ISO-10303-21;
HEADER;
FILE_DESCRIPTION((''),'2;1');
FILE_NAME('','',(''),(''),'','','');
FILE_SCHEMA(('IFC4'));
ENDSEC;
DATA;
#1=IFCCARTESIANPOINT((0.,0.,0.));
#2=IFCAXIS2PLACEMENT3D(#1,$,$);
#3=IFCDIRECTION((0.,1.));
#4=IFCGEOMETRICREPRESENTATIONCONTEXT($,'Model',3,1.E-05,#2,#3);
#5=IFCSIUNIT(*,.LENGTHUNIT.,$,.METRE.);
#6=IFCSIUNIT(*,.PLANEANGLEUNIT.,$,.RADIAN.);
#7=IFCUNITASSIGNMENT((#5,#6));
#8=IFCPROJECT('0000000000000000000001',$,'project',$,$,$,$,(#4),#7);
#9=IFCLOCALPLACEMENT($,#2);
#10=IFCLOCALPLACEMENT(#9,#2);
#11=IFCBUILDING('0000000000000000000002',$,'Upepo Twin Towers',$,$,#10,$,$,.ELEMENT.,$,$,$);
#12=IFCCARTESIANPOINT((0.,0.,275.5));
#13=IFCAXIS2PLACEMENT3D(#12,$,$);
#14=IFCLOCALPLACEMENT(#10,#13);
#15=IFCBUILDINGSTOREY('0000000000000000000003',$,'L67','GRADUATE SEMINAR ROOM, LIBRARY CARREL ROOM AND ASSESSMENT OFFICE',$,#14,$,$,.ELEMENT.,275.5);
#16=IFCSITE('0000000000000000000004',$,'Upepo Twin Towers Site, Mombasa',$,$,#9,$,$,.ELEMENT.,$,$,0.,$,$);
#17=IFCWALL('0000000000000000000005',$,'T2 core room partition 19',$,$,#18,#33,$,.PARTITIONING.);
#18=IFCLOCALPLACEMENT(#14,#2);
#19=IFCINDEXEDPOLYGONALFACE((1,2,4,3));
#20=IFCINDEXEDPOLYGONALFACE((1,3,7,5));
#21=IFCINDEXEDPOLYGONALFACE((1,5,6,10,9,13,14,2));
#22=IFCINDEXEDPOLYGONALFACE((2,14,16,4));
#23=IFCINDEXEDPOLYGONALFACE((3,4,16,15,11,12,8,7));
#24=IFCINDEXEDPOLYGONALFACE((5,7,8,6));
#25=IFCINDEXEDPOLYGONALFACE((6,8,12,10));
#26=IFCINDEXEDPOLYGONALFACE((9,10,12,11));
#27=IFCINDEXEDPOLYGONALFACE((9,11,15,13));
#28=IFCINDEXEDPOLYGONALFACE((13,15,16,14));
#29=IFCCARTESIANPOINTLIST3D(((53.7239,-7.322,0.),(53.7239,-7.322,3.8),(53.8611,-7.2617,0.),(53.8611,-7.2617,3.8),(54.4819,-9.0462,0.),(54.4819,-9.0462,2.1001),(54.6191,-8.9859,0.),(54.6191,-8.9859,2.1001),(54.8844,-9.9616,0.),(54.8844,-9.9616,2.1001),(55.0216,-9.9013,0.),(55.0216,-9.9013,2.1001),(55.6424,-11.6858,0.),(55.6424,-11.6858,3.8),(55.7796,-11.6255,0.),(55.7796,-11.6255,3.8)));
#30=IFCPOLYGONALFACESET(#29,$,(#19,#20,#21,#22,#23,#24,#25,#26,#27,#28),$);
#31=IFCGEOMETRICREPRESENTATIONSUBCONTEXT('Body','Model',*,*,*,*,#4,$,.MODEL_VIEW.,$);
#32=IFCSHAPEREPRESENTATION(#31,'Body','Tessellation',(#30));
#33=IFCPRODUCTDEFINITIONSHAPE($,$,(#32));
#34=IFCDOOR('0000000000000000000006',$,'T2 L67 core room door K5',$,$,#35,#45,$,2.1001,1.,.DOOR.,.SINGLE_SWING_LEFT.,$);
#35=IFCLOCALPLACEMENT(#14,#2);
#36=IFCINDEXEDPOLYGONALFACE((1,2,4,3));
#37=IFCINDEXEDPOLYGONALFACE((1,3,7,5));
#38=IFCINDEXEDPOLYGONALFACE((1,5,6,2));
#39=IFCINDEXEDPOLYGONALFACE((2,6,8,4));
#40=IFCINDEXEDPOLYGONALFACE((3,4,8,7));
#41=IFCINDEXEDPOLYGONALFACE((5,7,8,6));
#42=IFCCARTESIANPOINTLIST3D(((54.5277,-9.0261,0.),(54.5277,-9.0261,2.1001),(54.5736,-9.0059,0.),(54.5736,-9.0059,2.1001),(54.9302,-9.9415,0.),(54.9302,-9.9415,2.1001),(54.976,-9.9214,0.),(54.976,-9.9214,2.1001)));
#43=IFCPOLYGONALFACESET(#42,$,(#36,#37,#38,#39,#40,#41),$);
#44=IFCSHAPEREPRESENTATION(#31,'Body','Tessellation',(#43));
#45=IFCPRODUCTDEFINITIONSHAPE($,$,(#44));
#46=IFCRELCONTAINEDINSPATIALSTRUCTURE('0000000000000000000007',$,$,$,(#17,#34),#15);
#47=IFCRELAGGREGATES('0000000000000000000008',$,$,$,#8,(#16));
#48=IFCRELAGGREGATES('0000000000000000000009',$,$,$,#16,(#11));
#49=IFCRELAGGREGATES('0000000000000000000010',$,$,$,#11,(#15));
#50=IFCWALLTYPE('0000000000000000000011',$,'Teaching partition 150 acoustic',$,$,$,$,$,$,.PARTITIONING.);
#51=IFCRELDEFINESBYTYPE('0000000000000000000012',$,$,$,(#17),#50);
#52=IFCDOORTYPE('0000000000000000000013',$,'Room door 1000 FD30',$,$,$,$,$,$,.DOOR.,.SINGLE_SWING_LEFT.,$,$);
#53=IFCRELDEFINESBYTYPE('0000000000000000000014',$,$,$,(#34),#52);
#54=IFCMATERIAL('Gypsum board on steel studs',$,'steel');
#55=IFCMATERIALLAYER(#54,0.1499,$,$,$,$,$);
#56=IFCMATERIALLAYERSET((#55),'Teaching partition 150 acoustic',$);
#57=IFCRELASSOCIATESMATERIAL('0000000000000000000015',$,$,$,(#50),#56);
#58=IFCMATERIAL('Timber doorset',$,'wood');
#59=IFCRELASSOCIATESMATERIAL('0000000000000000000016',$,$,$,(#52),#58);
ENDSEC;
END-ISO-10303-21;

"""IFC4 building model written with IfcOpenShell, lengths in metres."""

from ifc_helpers import new_model, si_unit, direction, frame, frame_2d, origin, place, context, subcontext, project, spatial, rectangle, extrude, material, layer, layer_set, type_object, element, fill, save


model = new_model("IFC4")

# Units and contexts
model_context = context("Model", 3, precision=1e-05, world=origin(), true_north=direction((0.0, 1.0)))
body_context = subcontext(model_context, "Body", "Model", "MODEL_VIEW")
ifc_project = project(units=[si_unit("LENGTHUNIT", "METRE"), si_unit("PLANEANGLEUNIT", "RADIAN")], contexts=[model_context])

# Site, building, storey
site_placement = place(None, origin())
site = spatial("IfcSite", under=ifc_project, at=site_placement, Name="Upepo Twin Towers Site, Mombasa", CompositionType="ELEMENT", RefElevation=0.0)
building_placement = place(site_placement, origin())
building = spatial("IfcBuilding", under=site, at=building_placement, Name="Upepo Twin Towers", CompositionType="ELEMENT")
storey_placement = place(building_placement, frame((0.0, 0.0, 275.5)))
storey = spatial("IfcBuildingStorey", under=building, at=storey_placement, Name="L67", Description="GRADUATE SEMINAR ROOM, LIBRARY CARREL ROOM AND ASSESSMENT OFFICE", CompositionType="ELEMENT", Elevation=275.5)

# Shared definitions
ifc_material_1 = material(Name="Gypsum board on steel studs", Category="steel")
ifc_layer_1 = layer(ifc_material_1, 0.1499)
ifc_layer_set_1 = layer_set([ifc_layer_1], Name="Teaching partition 150 acoustic")
wall_type_1 = type_object("IfcWallType", Name="Teaching partition 150 acoustic", PredefinedType="PARTITIONING", material=ifc_layer_set_1)

# Wall, opening, door
wall_1_placement = place(storey_placement, frame((55.7109, -11.6555, 0.0), z_axis=(0.0, 0.0, 1.0), x_axis=(-0.402457, 0.915439, 0.0)))
wall_1 = element("IfcWall", 1, at=wall_1_placement, inside=storey, type_object=wall_type_1, Name="T2 core room partition 19", PredefinedType="PARTITIONING", context=body_context, shape_type="SweptSolid", body=[
    extrude(rectangle(XDim=4.7668, YDim=0.1499, at=frame_2d((2.3833, 0.0))), origin(), (0.0, 0.0, 1.0), 3.8),
])
opening_1_placement = place(wall_1_placement, frame((1.8833, 0.0, 0.0)))
opening_1 = element("IfcOpeningElement", 2, at=opening_1_placement, cuts=wall_1, PredefinedType="OPENING", context=body_context, shape_type="SweptSolid", body=[
    extrude(rectangle(XDim=1.0, YDim=2.1001, at=frame_2d((0.5, 1.05))), frame((0.0, 0.085, 0.0), z_axis=(0.0, -1.0, 0.0), x_axis=(1.0, 0.0, 0.0)), (0.0, 0.0, 1.0), 0.1699),
])
ifc_material_2 = material(Name="Timber doorset", Category="wood")
door_type_1 = type_object("IfcDoorType", Name="Room door 1000 FD30", OperationType="SINGLE_SWING_LEFT", PredefinedType="DOOR", material=ifc_material_2)
door_1_placement = place(opening_1_placement, origin())
door_1 = element("IfcDoor", 3, at=door_1_placement, inside=storey, type_object=door_type_1, Name="T2 L67 core room door K5", OperationType="SINGLE_SWING_LEFT", OverallHeight=2.1001, OverallWidth=1.0, PredefinedType="DOOR", context=body_context, shape_type="SweptSolid", body=[
    extrude(rectangle(XDim=1.0, YDim=2.1001, at=frame_2d((0.5, 1.05))), frame((0.0, 0.0249, 0.0), z_axis=(0.0, -1.0, 0.0), x_axis=(1.0, 0.0, 0.0)), (0.0, 0.0, 1.0), 0.05),
])
fill(opening_1, door_1)

save(model, "model.ifc")
